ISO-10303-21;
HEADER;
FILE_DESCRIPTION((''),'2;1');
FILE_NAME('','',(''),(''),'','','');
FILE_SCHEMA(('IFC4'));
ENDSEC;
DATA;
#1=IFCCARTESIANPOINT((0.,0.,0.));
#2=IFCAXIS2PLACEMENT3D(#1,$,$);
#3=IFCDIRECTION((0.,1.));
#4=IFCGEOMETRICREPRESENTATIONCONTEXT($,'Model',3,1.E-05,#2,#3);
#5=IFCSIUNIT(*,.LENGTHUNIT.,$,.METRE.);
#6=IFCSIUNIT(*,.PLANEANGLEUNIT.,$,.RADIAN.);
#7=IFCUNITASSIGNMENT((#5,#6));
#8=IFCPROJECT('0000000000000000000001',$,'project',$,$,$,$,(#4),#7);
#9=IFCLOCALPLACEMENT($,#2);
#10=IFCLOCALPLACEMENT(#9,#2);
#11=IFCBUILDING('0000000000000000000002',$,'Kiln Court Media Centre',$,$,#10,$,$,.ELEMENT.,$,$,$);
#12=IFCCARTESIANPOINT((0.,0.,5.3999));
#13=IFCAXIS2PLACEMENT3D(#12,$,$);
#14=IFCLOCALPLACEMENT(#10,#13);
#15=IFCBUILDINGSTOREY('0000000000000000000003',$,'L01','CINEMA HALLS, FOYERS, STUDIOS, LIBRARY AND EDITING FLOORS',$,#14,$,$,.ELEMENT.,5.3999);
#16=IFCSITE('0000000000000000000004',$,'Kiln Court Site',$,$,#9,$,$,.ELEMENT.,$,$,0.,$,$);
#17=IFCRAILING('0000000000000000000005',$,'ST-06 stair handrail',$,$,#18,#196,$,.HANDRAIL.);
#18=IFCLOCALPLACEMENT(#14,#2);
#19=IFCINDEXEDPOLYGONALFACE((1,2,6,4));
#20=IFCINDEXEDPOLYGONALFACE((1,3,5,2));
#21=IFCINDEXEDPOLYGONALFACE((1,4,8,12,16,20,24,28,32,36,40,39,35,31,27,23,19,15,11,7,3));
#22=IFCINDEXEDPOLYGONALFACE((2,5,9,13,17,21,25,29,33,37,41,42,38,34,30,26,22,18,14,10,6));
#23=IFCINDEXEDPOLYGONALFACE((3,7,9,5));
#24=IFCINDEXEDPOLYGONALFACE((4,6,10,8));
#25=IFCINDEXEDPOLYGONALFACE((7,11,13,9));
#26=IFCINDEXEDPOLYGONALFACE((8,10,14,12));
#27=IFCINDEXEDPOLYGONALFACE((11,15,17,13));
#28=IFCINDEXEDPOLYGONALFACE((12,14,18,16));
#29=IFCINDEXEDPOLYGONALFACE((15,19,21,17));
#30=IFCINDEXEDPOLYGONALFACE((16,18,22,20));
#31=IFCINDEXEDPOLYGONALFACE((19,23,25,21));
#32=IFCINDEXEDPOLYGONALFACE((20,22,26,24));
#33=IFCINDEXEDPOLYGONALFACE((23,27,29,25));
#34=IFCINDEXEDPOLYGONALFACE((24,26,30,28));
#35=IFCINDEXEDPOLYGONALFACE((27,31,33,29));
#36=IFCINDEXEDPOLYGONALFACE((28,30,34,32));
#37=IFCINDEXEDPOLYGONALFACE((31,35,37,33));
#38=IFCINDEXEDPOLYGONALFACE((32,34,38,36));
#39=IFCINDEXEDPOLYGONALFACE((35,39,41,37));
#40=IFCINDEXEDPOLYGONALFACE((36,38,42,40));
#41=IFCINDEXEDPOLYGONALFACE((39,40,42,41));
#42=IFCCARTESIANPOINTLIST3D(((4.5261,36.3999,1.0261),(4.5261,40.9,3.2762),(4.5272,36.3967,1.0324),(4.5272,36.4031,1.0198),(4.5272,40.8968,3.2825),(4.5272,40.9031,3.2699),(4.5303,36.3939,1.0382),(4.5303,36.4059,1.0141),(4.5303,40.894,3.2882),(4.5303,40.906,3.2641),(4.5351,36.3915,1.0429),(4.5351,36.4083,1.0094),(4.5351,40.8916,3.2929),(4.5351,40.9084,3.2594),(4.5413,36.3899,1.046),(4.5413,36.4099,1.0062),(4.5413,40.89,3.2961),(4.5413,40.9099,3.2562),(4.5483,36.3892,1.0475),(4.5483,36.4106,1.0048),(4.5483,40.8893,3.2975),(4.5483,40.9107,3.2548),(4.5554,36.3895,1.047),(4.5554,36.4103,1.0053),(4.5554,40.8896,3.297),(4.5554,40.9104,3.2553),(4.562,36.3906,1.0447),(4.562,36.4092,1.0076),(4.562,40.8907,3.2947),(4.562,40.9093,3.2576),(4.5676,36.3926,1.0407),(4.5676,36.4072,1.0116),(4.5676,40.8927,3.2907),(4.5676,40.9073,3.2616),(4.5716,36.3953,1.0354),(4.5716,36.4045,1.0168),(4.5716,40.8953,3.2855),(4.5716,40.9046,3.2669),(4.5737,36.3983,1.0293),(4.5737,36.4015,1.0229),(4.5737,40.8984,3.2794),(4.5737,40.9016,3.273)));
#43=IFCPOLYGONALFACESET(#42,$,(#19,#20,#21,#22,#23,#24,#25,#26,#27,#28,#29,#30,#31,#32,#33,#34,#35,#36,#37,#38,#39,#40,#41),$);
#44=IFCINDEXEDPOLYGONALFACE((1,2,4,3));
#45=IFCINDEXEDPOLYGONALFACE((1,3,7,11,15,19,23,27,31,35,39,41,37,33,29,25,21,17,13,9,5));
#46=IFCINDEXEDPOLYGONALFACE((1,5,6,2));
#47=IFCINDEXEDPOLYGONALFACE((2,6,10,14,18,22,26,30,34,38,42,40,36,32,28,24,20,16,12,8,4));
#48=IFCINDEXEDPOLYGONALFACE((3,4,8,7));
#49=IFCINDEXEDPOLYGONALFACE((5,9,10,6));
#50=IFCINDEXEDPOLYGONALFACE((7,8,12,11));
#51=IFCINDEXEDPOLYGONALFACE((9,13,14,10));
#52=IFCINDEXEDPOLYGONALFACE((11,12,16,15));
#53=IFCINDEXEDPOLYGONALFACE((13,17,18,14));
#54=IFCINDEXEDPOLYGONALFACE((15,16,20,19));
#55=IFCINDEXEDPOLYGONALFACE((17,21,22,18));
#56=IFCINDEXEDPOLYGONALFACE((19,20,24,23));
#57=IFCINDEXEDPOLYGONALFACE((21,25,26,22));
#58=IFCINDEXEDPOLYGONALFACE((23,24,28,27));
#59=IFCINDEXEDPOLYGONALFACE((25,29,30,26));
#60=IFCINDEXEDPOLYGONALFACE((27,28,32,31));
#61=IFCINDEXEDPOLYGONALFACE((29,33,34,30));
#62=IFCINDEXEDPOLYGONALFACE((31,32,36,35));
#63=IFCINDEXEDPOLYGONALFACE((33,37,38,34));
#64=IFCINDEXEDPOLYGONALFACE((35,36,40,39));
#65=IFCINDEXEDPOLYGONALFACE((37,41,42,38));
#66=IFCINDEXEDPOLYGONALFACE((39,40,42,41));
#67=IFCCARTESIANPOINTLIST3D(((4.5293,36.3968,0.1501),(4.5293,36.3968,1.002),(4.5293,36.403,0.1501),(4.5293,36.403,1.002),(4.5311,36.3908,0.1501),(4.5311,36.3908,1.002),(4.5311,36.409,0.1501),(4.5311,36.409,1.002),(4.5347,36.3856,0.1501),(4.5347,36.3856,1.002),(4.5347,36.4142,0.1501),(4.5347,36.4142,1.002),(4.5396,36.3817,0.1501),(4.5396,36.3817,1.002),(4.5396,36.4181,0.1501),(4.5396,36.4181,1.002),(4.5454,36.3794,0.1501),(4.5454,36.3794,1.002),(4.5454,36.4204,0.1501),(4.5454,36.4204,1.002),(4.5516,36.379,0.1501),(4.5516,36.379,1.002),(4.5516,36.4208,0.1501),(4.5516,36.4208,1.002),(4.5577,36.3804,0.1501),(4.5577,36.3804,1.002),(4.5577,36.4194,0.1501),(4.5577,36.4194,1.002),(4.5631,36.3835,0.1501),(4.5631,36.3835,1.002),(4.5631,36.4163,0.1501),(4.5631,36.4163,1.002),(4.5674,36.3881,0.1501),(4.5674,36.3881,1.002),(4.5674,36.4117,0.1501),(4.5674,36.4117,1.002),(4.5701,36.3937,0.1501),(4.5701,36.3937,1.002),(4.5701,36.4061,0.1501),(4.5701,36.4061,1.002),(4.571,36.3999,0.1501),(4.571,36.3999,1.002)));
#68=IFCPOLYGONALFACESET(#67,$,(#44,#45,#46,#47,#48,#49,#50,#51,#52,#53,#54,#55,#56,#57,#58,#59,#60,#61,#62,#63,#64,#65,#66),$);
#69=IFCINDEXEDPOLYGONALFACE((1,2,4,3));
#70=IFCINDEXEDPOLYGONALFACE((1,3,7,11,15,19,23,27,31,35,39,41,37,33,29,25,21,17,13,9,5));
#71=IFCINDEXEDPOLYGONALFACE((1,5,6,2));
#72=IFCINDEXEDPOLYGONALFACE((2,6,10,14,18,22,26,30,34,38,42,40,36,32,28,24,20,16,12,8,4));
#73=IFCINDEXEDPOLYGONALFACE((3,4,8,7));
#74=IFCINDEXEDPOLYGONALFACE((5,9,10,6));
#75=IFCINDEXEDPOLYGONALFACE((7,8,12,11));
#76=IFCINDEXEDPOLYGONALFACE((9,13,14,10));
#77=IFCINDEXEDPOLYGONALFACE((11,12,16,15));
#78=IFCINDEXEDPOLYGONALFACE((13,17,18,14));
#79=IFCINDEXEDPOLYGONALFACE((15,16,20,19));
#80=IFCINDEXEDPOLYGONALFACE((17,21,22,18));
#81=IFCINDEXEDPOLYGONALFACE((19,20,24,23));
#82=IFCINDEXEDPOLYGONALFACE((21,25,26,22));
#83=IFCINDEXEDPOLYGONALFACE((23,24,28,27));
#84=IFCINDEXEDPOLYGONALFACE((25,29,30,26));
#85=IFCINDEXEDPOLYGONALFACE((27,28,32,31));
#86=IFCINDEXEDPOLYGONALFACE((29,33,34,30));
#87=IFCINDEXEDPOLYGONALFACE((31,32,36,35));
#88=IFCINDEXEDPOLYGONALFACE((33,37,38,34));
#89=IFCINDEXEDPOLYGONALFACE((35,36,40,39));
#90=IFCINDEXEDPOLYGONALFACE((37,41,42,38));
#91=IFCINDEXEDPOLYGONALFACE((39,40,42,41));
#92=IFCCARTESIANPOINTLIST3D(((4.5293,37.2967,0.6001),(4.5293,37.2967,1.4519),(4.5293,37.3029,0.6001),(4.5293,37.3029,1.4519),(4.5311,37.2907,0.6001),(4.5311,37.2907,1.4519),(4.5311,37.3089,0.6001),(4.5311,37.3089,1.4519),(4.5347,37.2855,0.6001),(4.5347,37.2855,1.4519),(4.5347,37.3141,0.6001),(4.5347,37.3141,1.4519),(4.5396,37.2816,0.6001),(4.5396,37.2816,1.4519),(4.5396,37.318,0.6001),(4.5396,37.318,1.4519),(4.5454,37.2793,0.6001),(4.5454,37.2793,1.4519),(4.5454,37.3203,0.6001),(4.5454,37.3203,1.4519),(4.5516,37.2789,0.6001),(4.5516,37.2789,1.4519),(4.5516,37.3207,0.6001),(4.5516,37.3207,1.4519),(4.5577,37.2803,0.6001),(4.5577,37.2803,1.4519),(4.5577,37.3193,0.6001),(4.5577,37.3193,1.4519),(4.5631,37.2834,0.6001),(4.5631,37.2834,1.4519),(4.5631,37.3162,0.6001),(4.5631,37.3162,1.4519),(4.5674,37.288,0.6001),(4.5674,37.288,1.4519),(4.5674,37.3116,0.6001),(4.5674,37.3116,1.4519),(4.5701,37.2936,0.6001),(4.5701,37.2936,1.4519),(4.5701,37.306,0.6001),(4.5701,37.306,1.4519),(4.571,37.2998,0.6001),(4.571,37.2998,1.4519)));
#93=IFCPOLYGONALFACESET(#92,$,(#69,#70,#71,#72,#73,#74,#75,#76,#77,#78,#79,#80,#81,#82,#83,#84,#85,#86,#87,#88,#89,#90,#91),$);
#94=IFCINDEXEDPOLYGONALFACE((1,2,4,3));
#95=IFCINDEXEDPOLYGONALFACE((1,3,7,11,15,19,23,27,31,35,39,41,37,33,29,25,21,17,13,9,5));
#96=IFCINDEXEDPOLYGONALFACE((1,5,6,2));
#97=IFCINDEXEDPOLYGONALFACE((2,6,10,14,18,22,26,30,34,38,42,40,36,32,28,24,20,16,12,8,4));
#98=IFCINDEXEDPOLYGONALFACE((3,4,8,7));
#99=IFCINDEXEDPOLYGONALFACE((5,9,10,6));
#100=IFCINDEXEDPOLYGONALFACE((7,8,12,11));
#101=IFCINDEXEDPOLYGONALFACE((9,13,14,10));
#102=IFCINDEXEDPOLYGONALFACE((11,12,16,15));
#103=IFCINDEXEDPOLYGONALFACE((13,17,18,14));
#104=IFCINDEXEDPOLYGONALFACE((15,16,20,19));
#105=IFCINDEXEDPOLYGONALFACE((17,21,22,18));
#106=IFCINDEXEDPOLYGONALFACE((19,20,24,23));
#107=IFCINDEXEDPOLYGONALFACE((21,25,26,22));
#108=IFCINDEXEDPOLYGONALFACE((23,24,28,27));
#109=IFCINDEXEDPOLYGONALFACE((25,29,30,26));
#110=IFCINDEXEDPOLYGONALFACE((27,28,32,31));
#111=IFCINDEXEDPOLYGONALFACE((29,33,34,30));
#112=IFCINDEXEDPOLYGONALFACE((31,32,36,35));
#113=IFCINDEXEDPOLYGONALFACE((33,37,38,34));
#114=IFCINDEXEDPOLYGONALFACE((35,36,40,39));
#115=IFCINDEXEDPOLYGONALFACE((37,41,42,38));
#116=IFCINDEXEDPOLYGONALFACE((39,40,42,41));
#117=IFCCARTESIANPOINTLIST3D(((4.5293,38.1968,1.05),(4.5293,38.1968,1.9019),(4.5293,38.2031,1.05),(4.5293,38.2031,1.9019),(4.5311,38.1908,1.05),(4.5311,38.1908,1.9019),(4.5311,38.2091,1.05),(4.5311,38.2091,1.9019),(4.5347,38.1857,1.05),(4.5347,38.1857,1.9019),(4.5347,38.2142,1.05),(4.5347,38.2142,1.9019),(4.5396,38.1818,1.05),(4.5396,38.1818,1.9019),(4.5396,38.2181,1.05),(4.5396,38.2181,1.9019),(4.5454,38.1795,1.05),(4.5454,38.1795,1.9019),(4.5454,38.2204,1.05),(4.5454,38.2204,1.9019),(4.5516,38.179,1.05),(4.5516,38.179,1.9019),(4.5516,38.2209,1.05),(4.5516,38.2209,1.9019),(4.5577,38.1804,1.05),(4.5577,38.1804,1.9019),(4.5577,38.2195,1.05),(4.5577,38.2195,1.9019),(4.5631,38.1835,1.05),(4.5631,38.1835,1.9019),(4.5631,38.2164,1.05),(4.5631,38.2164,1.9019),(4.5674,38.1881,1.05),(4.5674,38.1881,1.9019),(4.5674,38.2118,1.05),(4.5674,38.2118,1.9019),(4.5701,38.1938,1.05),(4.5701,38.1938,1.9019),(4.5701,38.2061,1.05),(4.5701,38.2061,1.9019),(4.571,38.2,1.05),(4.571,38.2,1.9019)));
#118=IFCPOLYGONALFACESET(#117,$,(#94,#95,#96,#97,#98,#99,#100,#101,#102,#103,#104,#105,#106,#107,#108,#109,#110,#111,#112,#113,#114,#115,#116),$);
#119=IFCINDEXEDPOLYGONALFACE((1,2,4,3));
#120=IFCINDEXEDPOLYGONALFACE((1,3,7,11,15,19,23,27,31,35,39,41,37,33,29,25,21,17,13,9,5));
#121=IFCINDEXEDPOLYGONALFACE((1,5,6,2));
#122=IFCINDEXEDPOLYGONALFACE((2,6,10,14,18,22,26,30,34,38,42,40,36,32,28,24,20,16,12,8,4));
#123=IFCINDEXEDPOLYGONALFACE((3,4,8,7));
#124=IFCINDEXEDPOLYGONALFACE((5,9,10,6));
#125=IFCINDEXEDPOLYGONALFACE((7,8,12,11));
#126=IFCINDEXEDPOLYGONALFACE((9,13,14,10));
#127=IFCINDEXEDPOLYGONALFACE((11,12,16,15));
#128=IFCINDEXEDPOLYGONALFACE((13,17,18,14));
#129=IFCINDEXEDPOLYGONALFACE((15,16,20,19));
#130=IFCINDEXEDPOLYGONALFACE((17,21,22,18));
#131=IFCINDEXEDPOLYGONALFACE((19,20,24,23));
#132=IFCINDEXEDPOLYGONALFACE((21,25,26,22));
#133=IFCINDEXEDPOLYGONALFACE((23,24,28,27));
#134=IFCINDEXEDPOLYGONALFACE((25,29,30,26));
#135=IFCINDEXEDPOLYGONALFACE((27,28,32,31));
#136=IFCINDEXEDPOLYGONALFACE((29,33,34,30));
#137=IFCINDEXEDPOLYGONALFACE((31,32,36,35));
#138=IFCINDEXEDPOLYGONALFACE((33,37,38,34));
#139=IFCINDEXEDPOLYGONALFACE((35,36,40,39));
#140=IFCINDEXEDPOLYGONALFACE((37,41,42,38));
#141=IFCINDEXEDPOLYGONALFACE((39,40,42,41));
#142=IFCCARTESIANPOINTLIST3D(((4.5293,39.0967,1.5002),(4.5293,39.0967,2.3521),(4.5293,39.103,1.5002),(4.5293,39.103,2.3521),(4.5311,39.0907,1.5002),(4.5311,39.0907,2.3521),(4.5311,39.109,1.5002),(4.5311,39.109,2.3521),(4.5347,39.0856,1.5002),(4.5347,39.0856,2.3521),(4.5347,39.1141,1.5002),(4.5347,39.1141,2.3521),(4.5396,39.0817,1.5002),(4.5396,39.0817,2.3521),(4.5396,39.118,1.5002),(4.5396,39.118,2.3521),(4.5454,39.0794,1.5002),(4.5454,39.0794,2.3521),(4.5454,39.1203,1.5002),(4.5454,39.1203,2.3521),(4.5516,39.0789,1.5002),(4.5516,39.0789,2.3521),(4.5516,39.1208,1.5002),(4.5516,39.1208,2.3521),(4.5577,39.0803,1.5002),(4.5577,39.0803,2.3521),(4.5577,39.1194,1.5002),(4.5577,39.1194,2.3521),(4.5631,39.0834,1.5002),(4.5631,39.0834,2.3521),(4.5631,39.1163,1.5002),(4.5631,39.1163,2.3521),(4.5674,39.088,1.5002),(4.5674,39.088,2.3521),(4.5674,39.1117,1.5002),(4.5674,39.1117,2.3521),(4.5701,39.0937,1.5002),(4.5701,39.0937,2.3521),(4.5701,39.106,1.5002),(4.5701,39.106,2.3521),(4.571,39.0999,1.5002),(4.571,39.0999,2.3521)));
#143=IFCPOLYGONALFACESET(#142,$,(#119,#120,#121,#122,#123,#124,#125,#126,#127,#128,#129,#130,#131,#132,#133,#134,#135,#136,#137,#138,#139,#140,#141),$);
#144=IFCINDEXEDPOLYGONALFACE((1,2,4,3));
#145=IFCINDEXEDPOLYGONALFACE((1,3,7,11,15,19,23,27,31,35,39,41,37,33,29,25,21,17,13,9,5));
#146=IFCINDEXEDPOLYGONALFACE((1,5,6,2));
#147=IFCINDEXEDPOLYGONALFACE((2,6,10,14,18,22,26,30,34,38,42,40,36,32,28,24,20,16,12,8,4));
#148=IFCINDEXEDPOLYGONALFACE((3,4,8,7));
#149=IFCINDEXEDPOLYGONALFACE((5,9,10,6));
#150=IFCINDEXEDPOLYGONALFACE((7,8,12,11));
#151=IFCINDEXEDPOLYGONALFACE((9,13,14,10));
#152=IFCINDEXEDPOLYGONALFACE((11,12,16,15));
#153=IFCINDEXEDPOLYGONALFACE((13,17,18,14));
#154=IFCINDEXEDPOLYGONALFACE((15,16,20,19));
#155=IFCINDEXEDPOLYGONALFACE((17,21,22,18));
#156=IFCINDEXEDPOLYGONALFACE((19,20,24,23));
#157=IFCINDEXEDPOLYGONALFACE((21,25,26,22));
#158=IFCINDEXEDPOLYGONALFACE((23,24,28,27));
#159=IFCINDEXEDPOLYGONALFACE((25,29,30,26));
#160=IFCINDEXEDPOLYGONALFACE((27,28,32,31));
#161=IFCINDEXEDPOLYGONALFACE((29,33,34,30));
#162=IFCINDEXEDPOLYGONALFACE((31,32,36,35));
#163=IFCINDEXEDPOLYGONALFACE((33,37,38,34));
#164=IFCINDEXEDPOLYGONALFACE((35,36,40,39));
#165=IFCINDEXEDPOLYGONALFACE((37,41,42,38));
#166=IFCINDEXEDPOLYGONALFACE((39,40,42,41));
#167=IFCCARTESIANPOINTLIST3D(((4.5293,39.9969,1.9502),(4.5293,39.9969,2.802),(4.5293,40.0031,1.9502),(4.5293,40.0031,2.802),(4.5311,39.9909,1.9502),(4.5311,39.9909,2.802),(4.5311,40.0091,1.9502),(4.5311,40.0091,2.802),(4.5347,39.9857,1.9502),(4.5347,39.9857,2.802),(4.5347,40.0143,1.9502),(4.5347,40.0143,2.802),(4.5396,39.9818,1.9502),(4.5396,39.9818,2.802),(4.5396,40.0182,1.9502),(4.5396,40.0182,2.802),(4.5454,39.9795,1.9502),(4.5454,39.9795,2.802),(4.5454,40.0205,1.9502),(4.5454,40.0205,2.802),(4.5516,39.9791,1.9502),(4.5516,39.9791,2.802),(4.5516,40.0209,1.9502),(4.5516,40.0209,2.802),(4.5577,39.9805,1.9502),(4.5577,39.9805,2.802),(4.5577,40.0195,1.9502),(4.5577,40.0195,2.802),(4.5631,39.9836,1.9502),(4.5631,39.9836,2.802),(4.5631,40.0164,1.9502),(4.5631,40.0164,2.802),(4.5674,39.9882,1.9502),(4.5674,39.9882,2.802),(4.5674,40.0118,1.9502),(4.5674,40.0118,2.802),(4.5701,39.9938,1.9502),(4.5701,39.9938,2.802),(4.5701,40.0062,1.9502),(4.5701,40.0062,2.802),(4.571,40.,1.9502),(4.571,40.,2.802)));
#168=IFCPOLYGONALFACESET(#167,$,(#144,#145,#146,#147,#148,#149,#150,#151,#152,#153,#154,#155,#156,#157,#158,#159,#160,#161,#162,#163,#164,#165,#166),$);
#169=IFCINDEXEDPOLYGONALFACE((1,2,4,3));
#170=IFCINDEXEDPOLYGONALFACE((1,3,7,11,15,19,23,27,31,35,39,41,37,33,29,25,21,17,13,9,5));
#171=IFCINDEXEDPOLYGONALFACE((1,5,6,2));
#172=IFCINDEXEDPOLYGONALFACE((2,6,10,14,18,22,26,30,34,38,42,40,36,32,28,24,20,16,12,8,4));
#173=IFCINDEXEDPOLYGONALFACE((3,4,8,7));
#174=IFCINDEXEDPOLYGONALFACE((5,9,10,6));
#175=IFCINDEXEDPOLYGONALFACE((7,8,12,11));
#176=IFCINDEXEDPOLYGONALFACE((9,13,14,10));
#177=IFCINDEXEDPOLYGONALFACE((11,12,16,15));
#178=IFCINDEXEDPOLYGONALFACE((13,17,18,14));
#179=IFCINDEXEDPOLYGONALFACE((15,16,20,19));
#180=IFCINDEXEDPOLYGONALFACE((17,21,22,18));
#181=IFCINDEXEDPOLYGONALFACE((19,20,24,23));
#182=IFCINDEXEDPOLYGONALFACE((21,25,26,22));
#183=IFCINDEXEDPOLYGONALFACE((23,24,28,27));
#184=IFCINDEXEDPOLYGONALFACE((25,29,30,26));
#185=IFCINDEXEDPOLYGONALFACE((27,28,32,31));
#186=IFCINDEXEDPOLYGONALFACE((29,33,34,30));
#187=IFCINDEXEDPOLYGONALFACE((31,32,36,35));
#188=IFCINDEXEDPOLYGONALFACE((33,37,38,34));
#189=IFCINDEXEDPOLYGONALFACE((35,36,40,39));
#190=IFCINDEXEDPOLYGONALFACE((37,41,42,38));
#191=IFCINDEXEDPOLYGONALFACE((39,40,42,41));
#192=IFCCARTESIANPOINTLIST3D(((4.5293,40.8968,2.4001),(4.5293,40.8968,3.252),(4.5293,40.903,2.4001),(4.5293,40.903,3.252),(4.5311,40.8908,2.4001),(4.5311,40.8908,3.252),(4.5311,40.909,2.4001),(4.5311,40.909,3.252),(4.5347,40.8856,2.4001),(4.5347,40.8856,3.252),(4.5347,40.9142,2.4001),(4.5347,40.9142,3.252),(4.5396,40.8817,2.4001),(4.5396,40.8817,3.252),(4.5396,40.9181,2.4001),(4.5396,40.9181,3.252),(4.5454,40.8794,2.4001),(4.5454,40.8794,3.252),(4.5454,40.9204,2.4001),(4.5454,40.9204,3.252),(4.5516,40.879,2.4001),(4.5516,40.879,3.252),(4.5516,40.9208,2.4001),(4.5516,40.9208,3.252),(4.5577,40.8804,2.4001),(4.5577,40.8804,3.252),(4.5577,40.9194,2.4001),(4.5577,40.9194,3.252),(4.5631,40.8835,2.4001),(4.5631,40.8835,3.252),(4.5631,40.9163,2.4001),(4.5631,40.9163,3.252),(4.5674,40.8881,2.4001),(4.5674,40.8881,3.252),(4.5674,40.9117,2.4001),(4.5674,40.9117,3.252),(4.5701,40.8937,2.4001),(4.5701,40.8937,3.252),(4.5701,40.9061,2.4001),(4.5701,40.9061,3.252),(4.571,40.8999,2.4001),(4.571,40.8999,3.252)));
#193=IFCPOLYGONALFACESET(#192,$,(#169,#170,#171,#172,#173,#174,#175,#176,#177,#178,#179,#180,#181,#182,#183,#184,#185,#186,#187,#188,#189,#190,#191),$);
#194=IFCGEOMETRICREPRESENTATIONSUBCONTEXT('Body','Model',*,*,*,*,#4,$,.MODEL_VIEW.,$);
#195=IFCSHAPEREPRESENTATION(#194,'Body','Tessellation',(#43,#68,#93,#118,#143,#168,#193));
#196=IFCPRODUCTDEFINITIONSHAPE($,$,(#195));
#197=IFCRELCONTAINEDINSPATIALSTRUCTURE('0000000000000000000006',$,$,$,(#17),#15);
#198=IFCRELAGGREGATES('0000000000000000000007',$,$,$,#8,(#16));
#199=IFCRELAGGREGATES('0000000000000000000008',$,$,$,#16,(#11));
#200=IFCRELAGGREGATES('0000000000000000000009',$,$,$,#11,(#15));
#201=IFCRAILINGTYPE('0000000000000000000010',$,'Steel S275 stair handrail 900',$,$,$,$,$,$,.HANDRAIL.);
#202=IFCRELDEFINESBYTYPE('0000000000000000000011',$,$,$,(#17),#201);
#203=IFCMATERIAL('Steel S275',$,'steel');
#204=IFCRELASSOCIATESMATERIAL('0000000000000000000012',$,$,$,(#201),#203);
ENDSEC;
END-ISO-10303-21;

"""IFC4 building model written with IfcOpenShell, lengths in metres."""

from ifc_helpers import new_model, si_unit, direction, frame, origin, origin_2d, place, context, subcontext, project, spatial, circle, extrude, material, type_object, element, save


model = new_model("IFC4")

# Units and contexts
model_context = context("Model", 3, precision=1e-05, world=origin(), true_north=direction((0.0, 1.0)))
body_context = subcontext(model_context, "Body", "Model", "MODEL_VIEW")
ifc_project = project(units=[si_unit("LENGTHUNIT", "METRE"), si_unit("PLANEANGLEUNIT", "RADIAN")], contexts=[model_context])

# Site, building, storey
site_placement = place(None, origin())
site = spatial("IfcSite", under=ifc_project, at=site_placement, Name="Kiln Court Site", CompositionType="ELEMENT", RefElevation=0.0)
building_placement = place(site_placement, origin())
building = spatial("IfcBuilding", under=site, at=building_placement, Name="Kiln Court Media Centre", CompositionType="ELEMENT")
storey_placement = place(building_placement, frame((0.0, 0.0, 5.3999)))
storey = spatial("IfcBuildingStorey", under=building, at=storey_placement, Name="L01", Description="CINEMA HALLS, FOYERS, STUDIOS, LIBRARY AND EDITING FLOORS", CompositionType="ELEMENT", Elevation=5.3999)

# Railing
ifc_material_1 = material(Name="Steel S275", Category="steel")
railing_type_1 = type_object("IfcRailingType", Name="Steel S275 stair handrail 900", PredefinedType="HANDRAIL", material=ifc_material_1)
railing_1_placement = place(storey_placement, frame((4.55, 36.3999, 0.1501)))
element("IfcRailing", 1, at=railing_1_placement, inside=storey, type_object=railing_type_1, Name="ST-06 stair handrail", PredefinedType="HANDRAIL", context=body_context, shape_type="SweptSolid", body=[
    extrude(circle(Radius=0.0239, at=origin_2d()), frame((0.0, 0.0, 0.876), z_axis=(0.0, 0.894427, 0.447214), x_axis=(-1.0, 0.0, 0.0)), (0.0, 0.0, 1.0), 5.0312),
    extrude(circle(Radius=0.021, at=origin_2d()), origin(), (0.0, 0.0, 1.0), 0.8518),
    extrude(circle(Radius=0.021, at=origin_2d()), frame((0.0, 0.8999, 0.45)), (0.0, 0.0, 1.0), 0.8518),
    extrude(circle(Radius=0.021, at=origin_2d()), frame((0.0, 1.8, 0.8999)), (0.0, 0.0, 1.0), 0.8518),
    extrude(circle(Radius=0.021, at=origin_2d()), frame((0.0, 2.7, 1.3501)), (0.0, 0.0, 1.0), 0.8518),
    extrude(circle(Radius=0.021, at=origin_2d()), frame((0.0, 3.6001, 1.8)), (0.0, 0.0, 1.0), 0.8518),
    extrude(circle(Radius=0.021, at=origin_2d()), frame((0.0, 4.5, 2.25)), (0.0, 0.0, 1.0), 0.8518),
])

save(model, "model.ifc")
